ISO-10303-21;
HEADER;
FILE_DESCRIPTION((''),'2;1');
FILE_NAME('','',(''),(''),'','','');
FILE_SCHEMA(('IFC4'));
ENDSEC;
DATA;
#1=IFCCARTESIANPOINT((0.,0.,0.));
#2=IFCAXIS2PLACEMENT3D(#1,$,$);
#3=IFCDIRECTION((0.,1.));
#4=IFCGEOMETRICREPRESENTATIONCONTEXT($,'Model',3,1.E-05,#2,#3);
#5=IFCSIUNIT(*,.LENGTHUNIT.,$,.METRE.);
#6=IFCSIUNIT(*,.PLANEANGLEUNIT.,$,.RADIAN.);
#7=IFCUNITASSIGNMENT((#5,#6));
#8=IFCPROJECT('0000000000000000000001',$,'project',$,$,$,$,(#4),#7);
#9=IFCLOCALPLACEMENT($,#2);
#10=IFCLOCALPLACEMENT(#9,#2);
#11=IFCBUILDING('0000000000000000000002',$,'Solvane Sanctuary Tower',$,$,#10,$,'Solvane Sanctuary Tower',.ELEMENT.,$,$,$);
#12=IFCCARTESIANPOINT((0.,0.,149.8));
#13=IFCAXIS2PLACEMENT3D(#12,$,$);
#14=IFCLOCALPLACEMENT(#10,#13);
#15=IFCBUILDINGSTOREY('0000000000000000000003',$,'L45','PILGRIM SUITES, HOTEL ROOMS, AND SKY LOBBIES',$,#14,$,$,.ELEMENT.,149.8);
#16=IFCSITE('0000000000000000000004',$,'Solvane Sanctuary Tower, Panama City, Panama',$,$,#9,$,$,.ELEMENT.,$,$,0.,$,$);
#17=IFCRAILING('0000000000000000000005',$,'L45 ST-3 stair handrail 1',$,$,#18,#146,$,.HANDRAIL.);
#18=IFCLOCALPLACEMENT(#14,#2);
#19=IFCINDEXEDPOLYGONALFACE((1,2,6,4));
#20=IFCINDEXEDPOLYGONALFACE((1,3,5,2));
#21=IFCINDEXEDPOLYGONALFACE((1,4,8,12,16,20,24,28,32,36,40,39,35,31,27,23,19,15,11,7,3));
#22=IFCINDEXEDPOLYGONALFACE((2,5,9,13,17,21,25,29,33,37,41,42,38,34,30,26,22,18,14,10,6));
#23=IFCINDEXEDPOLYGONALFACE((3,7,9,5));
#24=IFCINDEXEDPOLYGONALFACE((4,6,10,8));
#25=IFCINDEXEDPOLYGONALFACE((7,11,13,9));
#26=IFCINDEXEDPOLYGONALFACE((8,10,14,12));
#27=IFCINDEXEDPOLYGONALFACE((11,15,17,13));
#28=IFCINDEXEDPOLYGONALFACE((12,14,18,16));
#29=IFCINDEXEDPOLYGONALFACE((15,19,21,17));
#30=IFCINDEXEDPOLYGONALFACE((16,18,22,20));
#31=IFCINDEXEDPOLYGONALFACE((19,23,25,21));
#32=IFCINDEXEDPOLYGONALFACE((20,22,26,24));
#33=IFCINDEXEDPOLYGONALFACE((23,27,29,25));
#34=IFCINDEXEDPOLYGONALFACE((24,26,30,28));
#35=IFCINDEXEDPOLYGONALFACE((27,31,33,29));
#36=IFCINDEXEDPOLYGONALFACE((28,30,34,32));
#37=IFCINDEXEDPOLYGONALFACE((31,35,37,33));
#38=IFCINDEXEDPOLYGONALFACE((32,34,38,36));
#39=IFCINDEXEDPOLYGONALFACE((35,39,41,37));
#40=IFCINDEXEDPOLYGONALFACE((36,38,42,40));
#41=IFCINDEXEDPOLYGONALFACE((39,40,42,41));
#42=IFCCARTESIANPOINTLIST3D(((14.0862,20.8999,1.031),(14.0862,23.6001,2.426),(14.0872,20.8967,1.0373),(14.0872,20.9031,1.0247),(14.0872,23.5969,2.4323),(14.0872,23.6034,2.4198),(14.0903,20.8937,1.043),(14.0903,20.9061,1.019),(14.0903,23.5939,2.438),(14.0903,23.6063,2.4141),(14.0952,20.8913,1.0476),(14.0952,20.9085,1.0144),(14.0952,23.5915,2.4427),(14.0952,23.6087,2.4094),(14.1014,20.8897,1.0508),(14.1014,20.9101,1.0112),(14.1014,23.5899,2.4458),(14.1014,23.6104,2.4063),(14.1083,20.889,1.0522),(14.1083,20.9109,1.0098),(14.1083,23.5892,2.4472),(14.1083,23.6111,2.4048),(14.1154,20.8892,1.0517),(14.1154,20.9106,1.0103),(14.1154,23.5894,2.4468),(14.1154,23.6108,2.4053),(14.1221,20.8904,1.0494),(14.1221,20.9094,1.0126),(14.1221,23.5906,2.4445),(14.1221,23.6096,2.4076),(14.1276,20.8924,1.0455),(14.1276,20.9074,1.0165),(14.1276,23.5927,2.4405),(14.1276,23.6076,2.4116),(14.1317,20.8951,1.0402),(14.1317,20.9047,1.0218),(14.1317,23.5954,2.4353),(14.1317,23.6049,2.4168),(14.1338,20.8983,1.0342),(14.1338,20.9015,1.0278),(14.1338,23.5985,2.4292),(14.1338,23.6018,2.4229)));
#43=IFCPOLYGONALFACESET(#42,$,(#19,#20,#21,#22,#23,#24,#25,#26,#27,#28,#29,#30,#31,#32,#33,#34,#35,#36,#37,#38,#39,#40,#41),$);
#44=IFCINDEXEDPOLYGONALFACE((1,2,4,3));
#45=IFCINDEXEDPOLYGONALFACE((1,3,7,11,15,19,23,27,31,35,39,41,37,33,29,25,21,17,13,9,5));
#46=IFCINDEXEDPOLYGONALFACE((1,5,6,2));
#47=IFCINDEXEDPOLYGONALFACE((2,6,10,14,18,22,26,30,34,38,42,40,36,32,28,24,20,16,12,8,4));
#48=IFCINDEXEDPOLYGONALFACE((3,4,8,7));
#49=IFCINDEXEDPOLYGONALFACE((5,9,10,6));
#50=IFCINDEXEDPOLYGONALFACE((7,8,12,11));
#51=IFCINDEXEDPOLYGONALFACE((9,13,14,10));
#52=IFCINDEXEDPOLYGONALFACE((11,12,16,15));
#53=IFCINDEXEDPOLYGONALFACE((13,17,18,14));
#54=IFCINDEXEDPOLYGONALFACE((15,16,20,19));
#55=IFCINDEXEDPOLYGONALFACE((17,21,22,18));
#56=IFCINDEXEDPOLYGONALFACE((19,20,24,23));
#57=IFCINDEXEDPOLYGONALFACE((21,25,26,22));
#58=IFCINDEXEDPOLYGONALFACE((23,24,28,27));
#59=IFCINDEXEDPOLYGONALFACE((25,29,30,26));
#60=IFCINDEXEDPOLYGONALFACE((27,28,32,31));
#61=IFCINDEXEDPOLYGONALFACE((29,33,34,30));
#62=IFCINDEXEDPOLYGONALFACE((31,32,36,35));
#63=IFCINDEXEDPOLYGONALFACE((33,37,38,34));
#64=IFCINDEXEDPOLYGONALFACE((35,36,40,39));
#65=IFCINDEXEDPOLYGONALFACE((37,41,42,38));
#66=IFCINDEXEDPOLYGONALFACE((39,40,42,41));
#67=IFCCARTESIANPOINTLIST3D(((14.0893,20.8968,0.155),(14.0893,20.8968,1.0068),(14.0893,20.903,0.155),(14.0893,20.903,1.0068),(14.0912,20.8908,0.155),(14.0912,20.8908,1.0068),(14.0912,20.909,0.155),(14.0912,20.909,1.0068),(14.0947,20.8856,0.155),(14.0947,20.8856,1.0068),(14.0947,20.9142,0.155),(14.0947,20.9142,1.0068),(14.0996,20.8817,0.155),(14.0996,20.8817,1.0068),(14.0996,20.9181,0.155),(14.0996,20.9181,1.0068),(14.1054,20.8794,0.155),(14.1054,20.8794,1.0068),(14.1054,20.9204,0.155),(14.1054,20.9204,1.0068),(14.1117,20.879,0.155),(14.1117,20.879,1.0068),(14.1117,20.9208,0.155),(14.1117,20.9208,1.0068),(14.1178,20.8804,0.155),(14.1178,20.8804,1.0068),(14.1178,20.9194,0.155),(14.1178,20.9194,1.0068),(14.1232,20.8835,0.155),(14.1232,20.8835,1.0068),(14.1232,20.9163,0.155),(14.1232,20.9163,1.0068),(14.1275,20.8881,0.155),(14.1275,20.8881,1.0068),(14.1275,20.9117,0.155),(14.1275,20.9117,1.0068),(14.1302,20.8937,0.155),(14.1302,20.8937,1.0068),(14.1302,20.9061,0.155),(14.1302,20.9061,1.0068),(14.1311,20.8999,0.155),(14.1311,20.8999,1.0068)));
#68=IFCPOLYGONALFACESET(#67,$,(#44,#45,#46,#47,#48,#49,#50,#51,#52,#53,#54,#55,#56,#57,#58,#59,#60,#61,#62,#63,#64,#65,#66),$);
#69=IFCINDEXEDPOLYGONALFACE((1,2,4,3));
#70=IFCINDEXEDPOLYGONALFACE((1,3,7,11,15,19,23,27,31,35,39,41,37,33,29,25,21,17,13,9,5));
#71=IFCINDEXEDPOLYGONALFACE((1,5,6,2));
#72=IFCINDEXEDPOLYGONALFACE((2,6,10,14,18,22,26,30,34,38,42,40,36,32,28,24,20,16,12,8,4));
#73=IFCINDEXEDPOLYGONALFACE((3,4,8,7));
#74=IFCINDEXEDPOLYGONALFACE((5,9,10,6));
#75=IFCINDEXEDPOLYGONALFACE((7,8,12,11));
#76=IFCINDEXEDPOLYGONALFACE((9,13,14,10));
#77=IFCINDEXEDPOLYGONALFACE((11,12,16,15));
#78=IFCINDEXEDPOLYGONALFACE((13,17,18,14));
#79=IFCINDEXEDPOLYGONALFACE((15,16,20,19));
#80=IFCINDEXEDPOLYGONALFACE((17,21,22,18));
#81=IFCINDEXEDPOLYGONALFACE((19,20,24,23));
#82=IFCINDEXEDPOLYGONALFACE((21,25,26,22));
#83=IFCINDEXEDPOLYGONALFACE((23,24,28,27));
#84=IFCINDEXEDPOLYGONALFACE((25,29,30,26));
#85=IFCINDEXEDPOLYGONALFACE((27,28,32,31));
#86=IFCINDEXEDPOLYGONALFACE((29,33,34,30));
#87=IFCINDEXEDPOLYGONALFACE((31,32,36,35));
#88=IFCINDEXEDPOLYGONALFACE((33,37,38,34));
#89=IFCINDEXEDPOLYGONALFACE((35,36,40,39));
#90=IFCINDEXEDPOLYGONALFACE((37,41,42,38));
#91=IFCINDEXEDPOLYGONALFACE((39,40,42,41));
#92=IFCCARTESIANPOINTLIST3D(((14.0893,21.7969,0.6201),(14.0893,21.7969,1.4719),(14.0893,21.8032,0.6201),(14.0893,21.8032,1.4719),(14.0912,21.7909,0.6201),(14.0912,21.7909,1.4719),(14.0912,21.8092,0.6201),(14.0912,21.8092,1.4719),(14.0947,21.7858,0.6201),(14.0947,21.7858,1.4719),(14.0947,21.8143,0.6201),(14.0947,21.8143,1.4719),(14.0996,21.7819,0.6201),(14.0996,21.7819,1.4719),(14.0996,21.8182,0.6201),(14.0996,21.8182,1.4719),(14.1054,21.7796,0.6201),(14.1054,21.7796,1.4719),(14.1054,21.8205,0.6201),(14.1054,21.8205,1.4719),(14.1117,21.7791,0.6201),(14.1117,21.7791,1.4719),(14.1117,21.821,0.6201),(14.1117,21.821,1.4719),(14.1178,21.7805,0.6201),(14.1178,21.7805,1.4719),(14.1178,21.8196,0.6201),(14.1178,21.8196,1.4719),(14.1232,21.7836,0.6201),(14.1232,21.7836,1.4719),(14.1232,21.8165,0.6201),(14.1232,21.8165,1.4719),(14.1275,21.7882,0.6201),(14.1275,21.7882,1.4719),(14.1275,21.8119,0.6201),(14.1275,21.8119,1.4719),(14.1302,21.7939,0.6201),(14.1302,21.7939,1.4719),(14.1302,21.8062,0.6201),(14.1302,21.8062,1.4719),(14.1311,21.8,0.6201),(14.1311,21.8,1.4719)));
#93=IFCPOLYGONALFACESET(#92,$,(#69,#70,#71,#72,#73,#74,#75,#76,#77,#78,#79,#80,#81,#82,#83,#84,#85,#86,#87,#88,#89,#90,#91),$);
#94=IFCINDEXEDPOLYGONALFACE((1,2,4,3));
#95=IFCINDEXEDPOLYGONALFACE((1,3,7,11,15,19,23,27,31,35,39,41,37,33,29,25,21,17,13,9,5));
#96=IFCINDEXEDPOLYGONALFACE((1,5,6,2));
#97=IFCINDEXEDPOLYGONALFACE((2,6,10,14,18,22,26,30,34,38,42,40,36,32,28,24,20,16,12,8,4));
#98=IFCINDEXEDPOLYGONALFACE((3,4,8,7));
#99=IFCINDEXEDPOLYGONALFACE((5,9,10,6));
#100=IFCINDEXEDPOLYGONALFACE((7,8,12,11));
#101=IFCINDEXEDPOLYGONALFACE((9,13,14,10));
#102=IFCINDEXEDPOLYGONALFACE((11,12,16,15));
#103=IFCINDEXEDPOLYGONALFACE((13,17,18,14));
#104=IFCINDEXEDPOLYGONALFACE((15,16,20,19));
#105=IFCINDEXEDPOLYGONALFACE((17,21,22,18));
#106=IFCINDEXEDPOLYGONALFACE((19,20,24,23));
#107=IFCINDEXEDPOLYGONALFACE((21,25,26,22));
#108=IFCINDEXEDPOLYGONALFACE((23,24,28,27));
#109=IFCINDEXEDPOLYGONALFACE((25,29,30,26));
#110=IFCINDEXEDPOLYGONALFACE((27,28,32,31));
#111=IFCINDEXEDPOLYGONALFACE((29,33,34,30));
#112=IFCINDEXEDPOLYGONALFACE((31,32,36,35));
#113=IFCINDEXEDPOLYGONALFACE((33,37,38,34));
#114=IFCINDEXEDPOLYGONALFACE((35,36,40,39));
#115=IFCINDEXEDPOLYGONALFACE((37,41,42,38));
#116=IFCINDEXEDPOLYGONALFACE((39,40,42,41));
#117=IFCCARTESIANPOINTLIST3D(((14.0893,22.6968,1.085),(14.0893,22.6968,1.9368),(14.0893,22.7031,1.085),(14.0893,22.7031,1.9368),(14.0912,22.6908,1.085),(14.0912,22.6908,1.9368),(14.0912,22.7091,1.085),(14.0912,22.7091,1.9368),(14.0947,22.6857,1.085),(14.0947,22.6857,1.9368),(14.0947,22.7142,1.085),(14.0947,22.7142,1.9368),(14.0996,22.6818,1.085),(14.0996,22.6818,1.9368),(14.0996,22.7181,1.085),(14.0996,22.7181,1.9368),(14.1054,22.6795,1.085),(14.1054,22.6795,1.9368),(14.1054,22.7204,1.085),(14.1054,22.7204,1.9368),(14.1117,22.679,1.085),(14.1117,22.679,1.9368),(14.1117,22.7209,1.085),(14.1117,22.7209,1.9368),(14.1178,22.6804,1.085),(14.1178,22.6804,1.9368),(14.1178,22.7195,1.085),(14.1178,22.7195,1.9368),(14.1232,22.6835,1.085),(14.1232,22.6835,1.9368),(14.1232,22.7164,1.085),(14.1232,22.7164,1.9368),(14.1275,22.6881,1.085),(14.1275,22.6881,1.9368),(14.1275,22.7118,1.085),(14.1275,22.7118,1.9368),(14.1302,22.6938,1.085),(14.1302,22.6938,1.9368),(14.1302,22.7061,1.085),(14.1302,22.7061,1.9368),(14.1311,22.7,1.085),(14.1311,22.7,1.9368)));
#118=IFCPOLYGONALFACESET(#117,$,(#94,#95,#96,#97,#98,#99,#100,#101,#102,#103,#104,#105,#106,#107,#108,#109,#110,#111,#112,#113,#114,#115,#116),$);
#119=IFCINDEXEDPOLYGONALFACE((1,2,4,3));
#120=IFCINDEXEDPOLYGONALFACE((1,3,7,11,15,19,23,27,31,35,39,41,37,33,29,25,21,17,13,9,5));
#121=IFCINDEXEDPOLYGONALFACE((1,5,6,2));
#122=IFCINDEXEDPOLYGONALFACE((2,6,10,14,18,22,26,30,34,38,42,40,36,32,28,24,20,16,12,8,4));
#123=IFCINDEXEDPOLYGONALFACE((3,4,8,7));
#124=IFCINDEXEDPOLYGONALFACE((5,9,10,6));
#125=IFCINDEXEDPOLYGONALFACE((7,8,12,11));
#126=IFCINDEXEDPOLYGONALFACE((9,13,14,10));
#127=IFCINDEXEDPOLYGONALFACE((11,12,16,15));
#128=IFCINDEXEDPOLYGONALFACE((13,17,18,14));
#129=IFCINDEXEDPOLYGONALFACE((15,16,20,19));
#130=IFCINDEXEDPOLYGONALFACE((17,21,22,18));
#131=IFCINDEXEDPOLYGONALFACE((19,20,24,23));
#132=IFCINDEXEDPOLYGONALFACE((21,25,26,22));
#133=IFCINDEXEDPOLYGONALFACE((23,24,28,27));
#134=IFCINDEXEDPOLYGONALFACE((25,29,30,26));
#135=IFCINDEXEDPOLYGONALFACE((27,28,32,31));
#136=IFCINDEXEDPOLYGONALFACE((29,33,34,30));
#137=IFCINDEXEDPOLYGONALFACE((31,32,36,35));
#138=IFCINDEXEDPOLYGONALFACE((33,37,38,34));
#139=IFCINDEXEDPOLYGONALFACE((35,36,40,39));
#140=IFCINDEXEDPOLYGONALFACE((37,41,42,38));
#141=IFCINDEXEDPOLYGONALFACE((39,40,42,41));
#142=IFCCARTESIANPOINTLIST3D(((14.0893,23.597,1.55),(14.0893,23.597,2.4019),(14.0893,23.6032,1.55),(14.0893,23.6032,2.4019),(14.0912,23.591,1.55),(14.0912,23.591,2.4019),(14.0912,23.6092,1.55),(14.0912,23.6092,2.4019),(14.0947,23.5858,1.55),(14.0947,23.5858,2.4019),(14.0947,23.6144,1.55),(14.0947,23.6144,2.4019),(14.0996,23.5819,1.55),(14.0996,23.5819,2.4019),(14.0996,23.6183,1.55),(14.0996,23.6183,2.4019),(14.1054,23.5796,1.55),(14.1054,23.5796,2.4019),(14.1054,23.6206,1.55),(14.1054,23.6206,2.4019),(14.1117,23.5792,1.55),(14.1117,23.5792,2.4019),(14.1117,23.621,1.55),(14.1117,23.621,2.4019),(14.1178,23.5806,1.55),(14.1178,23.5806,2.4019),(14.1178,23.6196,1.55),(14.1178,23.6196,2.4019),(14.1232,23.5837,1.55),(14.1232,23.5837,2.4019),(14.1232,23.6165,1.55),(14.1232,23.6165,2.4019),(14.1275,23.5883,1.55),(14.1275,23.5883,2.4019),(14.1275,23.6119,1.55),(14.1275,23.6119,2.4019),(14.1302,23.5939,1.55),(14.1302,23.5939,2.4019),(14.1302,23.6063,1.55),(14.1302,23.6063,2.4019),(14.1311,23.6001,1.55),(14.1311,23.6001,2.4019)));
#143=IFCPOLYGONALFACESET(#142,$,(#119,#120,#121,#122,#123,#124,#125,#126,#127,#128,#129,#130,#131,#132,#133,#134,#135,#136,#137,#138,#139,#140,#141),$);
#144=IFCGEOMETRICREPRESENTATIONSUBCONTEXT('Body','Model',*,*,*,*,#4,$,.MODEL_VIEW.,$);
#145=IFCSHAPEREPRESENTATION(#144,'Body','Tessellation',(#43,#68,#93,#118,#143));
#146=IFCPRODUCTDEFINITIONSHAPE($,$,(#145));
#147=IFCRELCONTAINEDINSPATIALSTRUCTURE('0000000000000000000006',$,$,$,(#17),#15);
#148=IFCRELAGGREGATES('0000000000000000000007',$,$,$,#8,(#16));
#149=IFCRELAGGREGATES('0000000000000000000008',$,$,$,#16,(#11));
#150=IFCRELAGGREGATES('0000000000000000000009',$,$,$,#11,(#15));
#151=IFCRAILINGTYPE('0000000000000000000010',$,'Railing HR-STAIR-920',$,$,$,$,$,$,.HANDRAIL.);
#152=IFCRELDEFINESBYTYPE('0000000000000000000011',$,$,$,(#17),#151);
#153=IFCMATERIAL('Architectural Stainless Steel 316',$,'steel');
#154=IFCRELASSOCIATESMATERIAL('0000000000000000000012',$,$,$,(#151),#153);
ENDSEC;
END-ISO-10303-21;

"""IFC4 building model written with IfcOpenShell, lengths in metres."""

from ifc_helpers import new_model, si_unit, direction, frame, origin, origin_2d, place, context, subcontext, project, spatial, circle, extrude, material, type_object, element, save


model = new_model("IFC4")

# Units and contexts
model_context = context("Model", 3, precision=1e-05, world=origin(), true_north=direction((0.0, 1.0)))
body_context = subcontext(model_context, "Body", "Model", "MODEL_VIEW")
ifc_project = project(units=[si_unit("LENGTHUNIT", "METRE"), si_unit("PLANEANGLEUNIT", "RADIAN")], contexts=[model_context])

# Site, building, storey
site_placement = place(None, origin())
site = spatial("IfcSite", under=ifc_project, at=site_placement, Name="Solvane Sanctuary Tower, Panama City, Panama", CompositionType="ELEMENT", RefElevation=0.0)
building_placement = place(site_placement, origin())
building = spatial("IfcBuilding", under=site, at=building_placement, Name="Solvane Sanctuary Tower", LongName="Solvane Sanctuary Tower", CompositionType="ELEMENT")
storey_placement = place(building_placement, frame((0.0, 0.0, 149.8)))
storey = spatial("IfcBuildingStorey", under=building, at=storey_placement, Name="L45", Description="PILGRIM SUITES, HOTEL ROOMS, AND SKY LOBBIES", CompositionType="ELEMENT", Elevation=149.8)

# Shared definitions
ifc_material_1 = material(Name="Architectural Stainless Steel 316", Category="steel")

# Railing
railing_type_1 = type_object("IfcRailingType", Name="Railing HR-STAIR-920", PredefinedType="HANDRAIL", material=ifc_material_1)
railing_1_placement = place(storey_placement, frame((14.1101, 20.8999, 0.155)))
element("IfcRailing", 1, at=railing_1_placement, inside=storey, type_object=railing_type_1, Name="L45 ST-3 stair handrail 1", PredefinedType="HANDRAIL", context=body_context, shape_type="SweptSolid", body=[
    extrude(circle(Radius=0.0239, at=origin_2d()), frame((0.0, 0.0, 0.876), z_axis=(0.0, 0.888437, 0.458999), x_axis=(-1.0, 0.0, 0.0)), (0.0, 0.0, 1.0), 3.0393),
    extrude(circle(Radius=0.021, at=origin_2d()), origin(), (0.0, 0.0, 1.0), 0.8518),
    extrude(circle(Radius=0.021, at=origin_2d()), frame((0.0, 0.9001, 0.4651)), (0.0, 0.0, 1.0), 0.8518),
    extrude(circle(Radius=0.021, at=origin_2d()), frame((0.0, 1.8, 0.9299)), (0.0, 0.0, 1.0), 0.8518),
    extrude(circle(Radius=0.021, at=origin_2d()), frame((0.0, 2.7002, 1.395)), (0.0, 0.0, 1.0), 0.8518),
])

save(model, "model.ifc")
